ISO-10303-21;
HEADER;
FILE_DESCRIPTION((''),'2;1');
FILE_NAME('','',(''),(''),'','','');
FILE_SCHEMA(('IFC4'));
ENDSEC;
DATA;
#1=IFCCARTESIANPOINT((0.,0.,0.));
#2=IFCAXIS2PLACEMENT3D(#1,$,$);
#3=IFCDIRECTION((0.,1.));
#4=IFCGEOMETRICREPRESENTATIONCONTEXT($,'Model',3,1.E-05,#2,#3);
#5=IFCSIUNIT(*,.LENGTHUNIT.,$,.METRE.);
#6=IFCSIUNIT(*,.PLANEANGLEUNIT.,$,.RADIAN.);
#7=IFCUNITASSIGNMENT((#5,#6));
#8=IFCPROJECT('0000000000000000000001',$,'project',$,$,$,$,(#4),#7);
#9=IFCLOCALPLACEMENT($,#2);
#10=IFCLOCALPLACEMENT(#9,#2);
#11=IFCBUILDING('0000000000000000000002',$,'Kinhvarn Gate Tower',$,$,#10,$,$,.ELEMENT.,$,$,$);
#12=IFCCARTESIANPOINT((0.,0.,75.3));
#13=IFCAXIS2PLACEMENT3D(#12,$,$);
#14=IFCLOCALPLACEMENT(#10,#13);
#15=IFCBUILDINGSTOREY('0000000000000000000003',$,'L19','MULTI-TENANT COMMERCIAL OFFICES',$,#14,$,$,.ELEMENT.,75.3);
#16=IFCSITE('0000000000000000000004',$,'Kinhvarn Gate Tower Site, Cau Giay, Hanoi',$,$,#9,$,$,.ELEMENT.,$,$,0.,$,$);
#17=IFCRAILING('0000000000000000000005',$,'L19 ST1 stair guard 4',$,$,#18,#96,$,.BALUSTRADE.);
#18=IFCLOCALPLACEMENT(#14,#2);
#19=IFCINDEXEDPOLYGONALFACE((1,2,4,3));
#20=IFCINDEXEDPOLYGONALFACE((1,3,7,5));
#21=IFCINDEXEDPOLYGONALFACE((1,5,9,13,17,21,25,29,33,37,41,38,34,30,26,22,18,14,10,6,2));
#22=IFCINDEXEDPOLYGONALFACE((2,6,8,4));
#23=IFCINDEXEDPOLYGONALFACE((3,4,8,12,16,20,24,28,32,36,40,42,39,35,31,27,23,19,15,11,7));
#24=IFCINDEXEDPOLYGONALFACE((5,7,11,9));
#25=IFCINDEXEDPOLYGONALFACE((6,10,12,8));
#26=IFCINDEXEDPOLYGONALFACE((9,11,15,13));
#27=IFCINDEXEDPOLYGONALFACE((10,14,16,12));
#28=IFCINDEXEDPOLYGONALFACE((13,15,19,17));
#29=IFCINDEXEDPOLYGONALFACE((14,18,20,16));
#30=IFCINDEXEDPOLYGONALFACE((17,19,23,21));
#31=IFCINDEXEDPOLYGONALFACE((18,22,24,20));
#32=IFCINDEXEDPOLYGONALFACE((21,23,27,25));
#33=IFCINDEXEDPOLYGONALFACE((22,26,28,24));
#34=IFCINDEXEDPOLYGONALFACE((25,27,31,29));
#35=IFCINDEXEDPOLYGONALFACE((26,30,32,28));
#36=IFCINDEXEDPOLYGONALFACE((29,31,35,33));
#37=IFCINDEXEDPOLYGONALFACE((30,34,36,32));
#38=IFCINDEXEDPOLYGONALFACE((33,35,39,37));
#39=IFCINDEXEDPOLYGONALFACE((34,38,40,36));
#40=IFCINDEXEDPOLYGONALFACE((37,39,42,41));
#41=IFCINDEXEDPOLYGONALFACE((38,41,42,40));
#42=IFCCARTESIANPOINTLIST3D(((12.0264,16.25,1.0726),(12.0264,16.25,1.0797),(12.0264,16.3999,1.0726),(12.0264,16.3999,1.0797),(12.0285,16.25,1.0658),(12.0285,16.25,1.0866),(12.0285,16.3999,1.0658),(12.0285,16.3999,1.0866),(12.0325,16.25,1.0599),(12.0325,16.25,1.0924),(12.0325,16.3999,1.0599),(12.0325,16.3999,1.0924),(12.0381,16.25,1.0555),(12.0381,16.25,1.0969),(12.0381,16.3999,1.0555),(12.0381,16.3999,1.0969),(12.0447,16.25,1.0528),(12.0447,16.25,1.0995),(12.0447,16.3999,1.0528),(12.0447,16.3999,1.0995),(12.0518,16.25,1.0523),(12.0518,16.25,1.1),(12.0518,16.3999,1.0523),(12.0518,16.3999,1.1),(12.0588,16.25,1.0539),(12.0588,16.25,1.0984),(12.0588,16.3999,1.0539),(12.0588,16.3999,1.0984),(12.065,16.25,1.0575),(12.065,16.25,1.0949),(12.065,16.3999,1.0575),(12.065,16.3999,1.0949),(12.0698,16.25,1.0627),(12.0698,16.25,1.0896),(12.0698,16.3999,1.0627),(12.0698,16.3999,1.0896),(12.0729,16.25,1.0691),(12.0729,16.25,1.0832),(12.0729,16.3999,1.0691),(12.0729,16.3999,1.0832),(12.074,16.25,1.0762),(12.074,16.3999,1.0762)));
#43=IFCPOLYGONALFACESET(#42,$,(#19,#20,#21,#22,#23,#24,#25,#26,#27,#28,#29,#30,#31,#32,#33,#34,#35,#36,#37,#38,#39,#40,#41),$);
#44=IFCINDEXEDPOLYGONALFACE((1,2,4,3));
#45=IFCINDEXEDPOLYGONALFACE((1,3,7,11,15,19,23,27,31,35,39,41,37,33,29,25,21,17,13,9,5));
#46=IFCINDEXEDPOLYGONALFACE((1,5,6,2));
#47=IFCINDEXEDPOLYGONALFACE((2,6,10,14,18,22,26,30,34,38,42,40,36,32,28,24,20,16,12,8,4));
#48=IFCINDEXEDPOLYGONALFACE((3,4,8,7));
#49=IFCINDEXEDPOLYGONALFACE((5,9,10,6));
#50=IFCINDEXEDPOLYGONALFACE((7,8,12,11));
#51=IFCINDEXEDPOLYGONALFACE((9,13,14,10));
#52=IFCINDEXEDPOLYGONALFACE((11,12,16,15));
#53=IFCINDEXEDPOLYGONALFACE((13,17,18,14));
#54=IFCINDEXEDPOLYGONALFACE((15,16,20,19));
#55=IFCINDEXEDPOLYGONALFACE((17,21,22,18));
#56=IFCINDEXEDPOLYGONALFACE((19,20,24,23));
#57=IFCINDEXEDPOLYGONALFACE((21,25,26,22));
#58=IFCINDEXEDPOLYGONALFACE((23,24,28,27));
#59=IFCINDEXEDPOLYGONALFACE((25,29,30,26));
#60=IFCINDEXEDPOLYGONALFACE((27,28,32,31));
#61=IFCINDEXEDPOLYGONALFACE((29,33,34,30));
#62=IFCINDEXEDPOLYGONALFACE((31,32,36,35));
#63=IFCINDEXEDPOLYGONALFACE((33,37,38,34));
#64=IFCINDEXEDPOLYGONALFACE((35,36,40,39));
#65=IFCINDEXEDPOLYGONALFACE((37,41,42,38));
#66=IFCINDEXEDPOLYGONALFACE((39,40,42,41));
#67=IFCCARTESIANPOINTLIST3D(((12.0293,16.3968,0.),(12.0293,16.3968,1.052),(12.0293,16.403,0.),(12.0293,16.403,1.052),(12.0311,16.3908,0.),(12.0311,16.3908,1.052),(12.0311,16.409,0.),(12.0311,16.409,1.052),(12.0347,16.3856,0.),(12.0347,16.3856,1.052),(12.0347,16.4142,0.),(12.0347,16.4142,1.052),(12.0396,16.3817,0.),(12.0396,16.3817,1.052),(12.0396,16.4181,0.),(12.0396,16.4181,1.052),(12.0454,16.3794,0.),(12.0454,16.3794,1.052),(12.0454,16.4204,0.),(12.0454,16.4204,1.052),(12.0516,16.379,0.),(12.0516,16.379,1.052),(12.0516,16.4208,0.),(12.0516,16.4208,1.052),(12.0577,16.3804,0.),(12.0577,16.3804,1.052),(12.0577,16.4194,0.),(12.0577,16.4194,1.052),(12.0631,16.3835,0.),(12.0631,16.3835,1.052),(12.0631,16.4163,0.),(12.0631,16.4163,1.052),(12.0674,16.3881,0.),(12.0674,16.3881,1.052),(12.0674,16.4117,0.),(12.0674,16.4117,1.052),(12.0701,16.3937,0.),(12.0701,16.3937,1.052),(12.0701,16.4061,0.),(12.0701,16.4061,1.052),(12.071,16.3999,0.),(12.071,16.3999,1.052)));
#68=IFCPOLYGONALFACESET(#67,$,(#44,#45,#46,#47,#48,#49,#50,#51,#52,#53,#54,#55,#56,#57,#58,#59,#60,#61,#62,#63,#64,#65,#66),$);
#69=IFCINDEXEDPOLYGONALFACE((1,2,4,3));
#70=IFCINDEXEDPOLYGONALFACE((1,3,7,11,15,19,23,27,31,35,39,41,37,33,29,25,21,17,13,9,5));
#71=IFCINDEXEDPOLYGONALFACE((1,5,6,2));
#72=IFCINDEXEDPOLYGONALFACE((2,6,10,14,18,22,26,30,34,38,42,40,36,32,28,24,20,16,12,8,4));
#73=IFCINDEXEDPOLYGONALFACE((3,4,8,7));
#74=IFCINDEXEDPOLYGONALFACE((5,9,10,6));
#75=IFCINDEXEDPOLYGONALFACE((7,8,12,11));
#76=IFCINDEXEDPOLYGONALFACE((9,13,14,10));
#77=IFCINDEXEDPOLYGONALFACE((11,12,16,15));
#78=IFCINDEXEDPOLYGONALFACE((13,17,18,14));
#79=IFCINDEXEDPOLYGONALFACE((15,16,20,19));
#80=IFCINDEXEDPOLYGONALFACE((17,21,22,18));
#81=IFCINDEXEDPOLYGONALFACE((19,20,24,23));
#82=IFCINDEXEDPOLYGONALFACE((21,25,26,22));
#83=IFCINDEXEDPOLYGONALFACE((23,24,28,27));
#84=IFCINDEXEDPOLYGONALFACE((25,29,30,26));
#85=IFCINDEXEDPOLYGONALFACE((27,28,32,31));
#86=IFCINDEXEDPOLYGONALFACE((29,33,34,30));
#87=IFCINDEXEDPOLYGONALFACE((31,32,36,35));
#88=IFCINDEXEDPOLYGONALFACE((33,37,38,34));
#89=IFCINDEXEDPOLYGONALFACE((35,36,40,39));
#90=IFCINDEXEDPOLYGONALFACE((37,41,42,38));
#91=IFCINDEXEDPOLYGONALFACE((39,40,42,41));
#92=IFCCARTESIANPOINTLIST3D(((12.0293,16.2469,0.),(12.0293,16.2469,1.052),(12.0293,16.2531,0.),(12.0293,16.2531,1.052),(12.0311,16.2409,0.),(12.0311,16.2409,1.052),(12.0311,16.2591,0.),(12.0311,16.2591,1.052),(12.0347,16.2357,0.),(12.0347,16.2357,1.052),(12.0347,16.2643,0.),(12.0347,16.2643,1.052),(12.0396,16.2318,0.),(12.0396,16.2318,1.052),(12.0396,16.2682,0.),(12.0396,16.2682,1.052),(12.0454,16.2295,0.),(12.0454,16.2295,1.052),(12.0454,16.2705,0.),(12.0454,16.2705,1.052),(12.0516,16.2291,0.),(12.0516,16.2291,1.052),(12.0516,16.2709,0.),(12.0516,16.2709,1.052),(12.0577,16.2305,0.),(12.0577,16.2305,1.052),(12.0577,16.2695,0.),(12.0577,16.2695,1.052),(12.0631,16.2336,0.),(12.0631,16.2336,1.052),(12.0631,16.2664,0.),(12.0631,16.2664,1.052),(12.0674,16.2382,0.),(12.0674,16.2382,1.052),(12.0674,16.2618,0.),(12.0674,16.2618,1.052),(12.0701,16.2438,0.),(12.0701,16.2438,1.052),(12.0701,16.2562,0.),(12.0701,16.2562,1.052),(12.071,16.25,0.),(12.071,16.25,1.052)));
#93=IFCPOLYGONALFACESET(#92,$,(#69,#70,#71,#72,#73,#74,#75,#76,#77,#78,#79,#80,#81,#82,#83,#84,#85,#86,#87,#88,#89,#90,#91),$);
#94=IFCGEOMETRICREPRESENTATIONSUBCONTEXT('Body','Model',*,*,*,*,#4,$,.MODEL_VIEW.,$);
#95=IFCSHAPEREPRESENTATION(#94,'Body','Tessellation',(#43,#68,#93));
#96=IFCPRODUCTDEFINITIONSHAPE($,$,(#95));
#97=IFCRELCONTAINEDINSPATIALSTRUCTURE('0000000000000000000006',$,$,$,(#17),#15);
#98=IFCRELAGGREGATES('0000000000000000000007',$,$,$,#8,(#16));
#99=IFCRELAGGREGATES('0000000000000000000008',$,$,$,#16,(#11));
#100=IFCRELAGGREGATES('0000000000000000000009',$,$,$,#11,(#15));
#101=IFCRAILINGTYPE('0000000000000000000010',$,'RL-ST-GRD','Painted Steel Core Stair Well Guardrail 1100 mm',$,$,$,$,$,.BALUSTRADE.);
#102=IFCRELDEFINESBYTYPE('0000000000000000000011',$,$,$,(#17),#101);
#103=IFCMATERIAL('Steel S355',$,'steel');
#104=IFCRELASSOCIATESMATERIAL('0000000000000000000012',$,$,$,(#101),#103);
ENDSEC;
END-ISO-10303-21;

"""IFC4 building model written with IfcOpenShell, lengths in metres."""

from ifc_helpers import new_model, si_unit, direction, frame, origin, origin_2d, place, context, subcontext, project, spatial, circle, extrude, material, type_object, element, save


model = new_model("IFC4")

# Units and contexts
model_context = context("Model", 3, precision=1e-05, world=origin(), true_north=direction((0.0, 1.0)))
body_context = subcontext(model_context, "Body", "Model", "MODEL_VIEW")
ifc_project = project(units=[si_unit("LENGTHUNIT", "METRE"), si_unit("PLANEANGLEUNIT", "RADIAN")], contexts=[model_context])

# Site, building, storey
site_placement = place(None, origin())
site = spatial("IfcSite", under=ifc_project, at=site_placement, Name="Kinhvarn Gate Tower Site, Cau Giay, Hanoi", CompositionType="ELEMENT", RefElevation=0.0)
building_placement = place(site_placement, origin())
building = spatial("IfcBuilding", under=site, at=building_placement, Name="Kinhvarn Gate Tower", CompositionType="ELEMENT")
storey_placement = place(building_placement, frame((0.0, 0.0, 75.3)))
storey = spatial("IfcBuildingStorey", under=building, at=storey_placement, Name="L19", Description="MULTI-TENANT COMMERCIAL OFFICES", CompositionType="ELEMENT", Elevation=75.3)

# Railing
ifc_material_1 = material(Name="Steel S355", Category="steel")
railing_type_1 = type_object("IfcRailingType", Name="RL-ST-GRD", Description="Painted Steel Core Stair Well Guardrail 1100 mm", PredefinedType="BALUSTRADE", material=ifc_material_1)
railing_1_placement = place(storey_placement, frame((12.05, 16.3999, 0.0)))
element("IfcRailing", 1, at=railing_1_placement, inside=storey, type_object=railing_type_1, Name="L19 ST1 stair guard 4", PredefinedType="BALUSTRADE", context=body_context, shape_type="SweptSolid", body=[
    extrude(circle(Radius=0.0239, at=origin_2d()), frame((0.0, 0.0, 1.0762), z_axis=(0.0, -1.0, 0.0), x_axis=(1.0, 0.0, 0.0)), (0.0, 0.0, 1.0), 0.1499),
    extrude(circle(Radius=0.021, at=origin_2d()), origin(), (0.0, 0.0, 1.0), 1.052),
    extrude(circle(Radius=0.021, at=origin_2d()), frame((0.0, -0.1499, 0.0)), (0.0, 0.0, 1.0), 1.052),
])

save(model, "model.ifc")
